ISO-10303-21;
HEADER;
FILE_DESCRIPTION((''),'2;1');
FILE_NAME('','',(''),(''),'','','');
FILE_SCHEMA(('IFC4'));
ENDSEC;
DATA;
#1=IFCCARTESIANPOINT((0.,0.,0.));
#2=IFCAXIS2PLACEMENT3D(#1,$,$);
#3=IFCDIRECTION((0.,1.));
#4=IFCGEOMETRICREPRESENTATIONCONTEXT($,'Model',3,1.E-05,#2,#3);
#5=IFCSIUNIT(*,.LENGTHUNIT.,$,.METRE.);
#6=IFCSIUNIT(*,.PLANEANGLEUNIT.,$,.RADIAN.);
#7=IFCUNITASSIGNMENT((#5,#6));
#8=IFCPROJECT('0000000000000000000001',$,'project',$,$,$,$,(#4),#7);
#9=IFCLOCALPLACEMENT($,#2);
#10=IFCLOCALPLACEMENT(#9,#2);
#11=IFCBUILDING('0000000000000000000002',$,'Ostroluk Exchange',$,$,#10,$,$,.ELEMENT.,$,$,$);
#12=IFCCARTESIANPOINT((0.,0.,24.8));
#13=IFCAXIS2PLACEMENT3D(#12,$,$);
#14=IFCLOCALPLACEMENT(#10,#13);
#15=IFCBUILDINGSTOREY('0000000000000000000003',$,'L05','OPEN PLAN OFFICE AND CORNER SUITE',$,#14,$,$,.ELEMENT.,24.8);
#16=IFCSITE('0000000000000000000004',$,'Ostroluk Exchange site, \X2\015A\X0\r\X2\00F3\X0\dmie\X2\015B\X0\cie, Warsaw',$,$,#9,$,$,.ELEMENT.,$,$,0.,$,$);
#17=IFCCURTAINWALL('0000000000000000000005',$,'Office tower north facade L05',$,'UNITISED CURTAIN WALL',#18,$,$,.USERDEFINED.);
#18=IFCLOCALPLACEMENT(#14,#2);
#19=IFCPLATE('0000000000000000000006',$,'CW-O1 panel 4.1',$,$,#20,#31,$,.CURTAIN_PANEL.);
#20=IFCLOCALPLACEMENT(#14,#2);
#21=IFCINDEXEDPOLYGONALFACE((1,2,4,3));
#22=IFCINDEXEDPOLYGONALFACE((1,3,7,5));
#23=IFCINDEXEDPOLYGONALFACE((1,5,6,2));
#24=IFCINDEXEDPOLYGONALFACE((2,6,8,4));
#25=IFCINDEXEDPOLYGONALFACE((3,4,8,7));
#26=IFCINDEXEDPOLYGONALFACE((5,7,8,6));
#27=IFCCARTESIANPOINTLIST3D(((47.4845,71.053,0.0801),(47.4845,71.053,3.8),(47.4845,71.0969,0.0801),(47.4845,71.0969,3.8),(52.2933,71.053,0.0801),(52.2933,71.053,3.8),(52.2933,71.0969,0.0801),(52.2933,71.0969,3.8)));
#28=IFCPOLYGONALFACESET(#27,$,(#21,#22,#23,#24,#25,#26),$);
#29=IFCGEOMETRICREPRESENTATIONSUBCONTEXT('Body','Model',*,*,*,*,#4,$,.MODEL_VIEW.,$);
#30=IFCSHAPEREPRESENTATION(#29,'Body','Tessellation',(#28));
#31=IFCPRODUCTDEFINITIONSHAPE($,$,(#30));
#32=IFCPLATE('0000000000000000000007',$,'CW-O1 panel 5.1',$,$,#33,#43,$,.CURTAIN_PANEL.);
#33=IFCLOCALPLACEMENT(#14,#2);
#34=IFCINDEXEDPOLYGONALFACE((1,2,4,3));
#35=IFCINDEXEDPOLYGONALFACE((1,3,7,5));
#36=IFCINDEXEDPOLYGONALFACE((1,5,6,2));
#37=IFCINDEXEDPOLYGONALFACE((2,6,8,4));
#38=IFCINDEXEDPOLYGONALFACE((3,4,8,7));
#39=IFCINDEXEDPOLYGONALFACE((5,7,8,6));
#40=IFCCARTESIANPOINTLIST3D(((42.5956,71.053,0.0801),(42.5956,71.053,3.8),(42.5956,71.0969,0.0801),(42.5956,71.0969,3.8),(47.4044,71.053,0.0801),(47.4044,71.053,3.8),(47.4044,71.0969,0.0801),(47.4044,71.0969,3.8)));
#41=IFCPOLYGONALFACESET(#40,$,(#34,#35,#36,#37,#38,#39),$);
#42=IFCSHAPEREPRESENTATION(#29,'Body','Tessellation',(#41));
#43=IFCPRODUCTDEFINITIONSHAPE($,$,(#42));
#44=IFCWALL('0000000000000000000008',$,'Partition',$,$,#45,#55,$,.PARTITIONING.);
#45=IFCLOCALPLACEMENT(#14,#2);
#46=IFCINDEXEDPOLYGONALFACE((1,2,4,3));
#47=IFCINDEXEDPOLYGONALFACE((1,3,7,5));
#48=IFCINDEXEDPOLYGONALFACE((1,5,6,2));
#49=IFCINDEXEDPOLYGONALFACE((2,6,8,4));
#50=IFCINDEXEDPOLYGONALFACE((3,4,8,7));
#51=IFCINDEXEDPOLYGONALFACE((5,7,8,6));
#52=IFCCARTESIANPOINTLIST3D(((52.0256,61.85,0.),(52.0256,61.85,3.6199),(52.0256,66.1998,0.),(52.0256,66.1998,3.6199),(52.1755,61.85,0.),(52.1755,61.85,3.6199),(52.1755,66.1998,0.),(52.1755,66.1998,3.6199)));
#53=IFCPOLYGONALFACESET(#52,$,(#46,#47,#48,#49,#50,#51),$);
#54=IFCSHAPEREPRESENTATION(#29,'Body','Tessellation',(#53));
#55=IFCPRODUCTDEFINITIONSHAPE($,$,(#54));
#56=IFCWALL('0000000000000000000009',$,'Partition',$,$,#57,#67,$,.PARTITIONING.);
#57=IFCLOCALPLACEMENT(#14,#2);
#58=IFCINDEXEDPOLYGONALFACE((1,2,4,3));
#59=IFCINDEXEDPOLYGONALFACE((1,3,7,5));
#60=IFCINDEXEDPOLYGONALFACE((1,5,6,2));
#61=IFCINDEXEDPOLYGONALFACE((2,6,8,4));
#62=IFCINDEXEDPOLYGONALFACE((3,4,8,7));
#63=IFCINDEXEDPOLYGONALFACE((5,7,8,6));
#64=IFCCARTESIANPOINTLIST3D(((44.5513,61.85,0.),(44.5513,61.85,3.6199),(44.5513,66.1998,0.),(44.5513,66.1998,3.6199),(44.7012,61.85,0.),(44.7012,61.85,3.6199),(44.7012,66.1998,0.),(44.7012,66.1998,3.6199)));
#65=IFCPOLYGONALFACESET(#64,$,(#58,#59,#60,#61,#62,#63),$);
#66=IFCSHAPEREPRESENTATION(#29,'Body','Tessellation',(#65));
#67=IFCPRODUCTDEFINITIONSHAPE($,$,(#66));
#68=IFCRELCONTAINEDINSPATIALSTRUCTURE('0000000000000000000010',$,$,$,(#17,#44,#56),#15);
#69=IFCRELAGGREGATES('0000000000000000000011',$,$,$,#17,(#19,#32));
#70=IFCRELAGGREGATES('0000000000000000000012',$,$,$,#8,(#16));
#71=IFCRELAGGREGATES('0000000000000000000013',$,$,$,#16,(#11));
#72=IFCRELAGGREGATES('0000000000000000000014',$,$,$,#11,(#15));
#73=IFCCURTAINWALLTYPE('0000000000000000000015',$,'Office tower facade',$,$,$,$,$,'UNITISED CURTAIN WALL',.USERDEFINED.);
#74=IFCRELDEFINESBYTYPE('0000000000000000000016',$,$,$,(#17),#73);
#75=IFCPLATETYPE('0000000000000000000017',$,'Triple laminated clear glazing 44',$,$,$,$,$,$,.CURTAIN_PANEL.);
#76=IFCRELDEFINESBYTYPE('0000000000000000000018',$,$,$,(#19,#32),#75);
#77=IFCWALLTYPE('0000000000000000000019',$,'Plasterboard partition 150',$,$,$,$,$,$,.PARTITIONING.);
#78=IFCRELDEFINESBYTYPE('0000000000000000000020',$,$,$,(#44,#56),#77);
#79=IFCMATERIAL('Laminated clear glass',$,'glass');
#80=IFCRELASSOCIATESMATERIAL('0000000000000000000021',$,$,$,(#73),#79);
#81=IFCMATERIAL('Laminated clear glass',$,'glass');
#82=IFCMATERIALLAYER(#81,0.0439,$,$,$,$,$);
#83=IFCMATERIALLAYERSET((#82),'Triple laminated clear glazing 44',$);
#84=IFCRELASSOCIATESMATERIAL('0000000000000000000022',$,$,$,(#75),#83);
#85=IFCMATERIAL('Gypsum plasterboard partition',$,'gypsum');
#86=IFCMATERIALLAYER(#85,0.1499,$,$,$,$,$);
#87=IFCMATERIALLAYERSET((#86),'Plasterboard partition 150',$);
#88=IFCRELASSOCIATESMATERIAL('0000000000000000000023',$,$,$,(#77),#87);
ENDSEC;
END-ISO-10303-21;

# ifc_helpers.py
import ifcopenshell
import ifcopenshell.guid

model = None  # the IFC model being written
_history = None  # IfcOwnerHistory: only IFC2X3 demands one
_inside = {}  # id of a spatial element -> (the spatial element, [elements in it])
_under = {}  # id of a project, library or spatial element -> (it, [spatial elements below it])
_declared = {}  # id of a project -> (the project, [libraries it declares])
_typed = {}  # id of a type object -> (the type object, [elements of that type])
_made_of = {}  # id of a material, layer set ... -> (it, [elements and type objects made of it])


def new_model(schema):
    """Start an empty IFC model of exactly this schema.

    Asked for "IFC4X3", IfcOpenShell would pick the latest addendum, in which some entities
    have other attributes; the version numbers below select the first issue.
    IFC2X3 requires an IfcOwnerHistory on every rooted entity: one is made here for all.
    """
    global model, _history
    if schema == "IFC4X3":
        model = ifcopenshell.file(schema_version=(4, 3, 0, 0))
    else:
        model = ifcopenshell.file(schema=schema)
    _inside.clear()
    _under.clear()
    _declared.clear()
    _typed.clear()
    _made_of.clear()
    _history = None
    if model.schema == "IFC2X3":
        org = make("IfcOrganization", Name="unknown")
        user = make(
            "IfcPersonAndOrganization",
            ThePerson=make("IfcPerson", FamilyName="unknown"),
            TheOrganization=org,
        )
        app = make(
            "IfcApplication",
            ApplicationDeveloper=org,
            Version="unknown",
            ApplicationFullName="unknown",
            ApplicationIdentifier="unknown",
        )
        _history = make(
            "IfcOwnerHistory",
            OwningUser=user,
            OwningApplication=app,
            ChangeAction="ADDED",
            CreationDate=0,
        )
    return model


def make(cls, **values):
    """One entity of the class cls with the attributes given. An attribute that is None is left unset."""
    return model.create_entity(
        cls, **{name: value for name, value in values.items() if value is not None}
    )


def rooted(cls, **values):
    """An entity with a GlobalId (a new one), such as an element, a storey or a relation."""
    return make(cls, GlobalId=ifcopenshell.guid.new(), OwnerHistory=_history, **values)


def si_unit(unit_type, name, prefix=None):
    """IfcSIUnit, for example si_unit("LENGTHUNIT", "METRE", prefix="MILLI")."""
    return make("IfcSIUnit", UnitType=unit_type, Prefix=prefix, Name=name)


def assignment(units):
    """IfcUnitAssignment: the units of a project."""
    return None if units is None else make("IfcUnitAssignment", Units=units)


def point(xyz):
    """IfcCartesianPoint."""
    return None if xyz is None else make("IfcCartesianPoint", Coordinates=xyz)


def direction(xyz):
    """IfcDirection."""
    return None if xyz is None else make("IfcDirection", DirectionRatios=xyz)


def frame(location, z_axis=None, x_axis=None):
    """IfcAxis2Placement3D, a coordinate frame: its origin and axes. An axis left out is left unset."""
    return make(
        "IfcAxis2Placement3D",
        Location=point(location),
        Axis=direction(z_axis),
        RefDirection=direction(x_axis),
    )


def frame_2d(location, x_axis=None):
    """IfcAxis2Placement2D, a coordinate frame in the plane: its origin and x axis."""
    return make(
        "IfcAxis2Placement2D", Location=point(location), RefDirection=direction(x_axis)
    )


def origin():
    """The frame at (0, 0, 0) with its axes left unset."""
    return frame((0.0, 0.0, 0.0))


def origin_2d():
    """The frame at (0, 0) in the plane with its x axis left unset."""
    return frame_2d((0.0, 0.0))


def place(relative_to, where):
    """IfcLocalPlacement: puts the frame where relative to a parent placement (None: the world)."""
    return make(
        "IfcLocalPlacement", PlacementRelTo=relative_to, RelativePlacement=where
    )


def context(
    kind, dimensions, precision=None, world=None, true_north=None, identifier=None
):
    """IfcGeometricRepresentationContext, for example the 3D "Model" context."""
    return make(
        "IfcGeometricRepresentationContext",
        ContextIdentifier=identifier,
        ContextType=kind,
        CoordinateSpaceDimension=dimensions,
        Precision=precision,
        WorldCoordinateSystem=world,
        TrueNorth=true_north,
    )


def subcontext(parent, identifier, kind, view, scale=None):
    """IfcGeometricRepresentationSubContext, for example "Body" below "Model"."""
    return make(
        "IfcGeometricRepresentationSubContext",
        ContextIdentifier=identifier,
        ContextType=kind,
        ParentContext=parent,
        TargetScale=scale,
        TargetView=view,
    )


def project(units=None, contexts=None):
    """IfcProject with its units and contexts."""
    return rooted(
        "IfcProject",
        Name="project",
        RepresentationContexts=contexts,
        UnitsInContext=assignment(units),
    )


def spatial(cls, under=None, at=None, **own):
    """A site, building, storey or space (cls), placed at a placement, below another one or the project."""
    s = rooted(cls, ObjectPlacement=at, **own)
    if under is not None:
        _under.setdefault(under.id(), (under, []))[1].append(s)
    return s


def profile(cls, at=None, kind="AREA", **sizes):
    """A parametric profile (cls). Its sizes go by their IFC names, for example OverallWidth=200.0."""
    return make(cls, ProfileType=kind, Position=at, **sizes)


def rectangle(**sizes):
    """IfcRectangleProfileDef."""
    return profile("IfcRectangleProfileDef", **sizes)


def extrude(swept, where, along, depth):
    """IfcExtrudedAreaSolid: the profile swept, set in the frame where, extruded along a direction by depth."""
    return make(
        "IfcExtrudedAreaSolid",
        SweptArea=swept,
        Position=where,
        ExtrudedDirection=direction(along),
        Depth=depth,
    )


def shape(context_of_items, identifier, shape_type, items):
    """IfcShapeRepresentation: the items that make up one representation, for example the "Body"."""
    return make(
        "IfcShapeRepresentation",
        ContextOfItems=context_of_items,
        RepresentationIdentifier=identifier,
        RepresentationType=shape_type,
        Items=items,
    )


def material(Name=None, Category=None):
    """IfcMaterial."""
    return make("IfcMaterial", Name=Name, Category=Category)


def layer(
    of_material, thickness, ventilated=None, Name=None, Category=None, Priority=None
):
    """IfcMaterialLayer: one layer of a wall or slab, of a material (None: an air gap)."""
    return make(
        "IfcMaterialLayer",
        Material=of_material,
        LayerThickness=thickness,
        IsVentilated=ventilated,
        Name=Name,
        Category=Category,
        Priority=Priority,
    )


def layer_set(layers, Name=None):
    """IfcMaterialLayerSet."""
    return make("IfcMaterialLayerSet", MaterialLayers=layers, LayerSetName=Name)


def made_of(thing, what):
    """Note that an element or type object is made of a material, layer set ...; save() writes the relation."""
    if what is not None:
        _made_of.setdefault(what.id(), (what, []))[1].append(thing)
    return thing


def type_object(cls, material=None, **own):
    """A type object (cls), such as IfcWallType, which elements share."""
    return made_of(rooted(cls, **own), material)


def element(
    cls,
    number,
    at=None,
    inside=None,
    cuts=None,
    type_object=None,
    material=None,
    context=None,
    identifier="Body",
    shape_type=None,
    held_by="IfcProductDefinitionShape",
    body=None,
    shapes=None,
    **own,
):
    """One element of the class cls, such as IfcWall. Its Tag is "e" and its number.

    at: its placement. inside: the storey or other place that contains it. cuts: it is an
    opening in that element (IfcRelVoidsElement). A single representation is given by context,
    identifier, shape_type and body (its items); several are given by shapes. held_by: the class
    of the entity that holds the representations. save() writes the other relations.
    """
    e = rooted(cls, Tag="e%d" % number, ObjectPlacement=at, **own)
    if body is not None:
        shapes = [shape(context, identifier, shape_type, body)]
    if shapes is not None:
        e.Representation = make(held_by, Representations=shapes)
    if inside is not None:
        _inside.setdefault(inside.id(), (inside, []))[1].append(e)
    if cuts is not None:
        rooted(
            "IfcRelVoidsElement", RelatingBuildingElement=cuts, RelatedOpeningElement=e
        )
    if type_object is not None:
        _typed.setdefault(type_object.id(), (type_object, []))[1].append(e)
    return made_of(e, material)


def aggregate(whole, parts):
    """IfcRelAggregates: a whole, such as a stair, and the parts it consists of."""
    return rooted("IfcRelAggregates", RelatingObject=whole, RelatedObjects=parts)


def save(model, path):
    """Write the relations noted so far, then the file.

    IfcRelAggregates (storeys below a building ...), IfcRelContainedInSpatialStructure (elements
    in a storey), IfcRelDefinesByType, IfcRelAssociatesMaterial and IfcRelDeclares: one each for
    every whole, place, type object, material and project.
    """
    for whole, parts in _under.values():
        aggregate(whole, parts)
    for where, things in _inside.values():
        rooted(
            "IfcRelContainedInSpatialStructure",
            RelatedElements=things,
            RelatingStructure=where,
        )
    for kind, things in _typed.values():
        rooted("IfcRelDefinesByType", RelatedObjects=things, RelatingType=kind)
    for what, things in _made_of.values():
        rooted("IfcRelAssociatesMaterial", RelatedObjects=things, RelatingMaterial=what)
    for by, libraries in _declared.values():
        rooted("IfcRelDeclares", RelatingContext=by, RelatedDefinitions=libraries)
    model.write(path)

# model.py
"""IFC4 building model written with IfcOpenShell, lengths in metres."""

from ifc_helpers import new_model, si_unit, direction, frame, frame_2d, origin, origin_2d, place, context, subcontext, project, spatial, rectangle, extrude, material, layer, layer_set, type_object, element, aggregate, save


model = new_model("IFC4")

# Units and contexts
model_context = context("Model", 3, precision=1e-05, world=origin(), true_north=direction((0.0, 1.0)))
body_context = subcontext(model_context, "Body", "Model", "MODEL_VIEW")
ifc_project = project(units=[si_unit("LENGTHUNIT", "METRE"), si_unit("PLANEANGLEUNIT", "RADIAN")], contexts=[model_context])

# Site, building, storey
site_placement = place(None, origin())
site = spatial("IfcSite", under=ifc_project, at=site_placement, Name="Ostroluk Exchange site, Śródmieście, Warsaw", CompositionType="ELEMENT", RefElevation=0.0)
building_placement = place(site_placement, origin())
building = spatial("IfcBuilding", under=site, at=building_placement, Name="Ostroluk Exchange", CompositionType="ELEMENT")
storey_placement = place(building_placement, frame((0.0, 0.0, 24.8)))
storey = spatial("IfcBuildingStorey", under=building, at=storey_placement, Name="L05", Description="OPEN PLAN OFFICE AND CORNER SUITE", CompositionType="ELEMENT", Elevation=24.8)

# Curtain wall, plates
ifc_material_1 = material(Name="Laminated clear glass", Category="glass")
curtain_wall_type = type_object("IfcCurtainWallType", Name="Office tower facade", ElementType="UNITISED CURTAIN WALL", PredefinedType="USERDEFINED", material=ifc_material_1)
curtain_wall_placement = place(storey_placement, origin())
curtain_wall = element("IfcCurtainWall", 1, at=curtain_wall_placement, inside=storey, type_object=curtain_wall_type, Name="Office tower north facade L05", ObjectType="UNITISED CURTAIN WALL", PredefinedType="USERDEFINED")
ifc_material_2 = material(Name="Laminated clear glass", Category="glass")
ifc_layer_1 = layer(ifc_material_2, 0.0439)
ifc_layer_set_1 = layer_set([ifc_layer_1], Name="Triple laminated clear glazing 44")
plate_type = type_object("IfcPlateType", Name="Triple laminated clear glazing 44", PredefinedType="CURTAIN_PANEL", material=ifc_layer_set_1)
plate_1_placement = place(storey_placement, frame((49.8889, 71.075, 0.0801), z_axis=(0.0, 0.0, 1.0), x_axis=(-1.0, 0.0, 0.0)))
plate_1 = element("IfcPlate", 2, at=plate_1_placement, type_object=plate_type, Name="CW-O1 panel 4.1", PredefinedType="CURTAIN_PANEL", context=body_context, shape_type="SweptSolid", body=[
    extrude(rectangle(XDim=4.8088, YDim=0.0439, at=origin_2d()), origin(), (0.0, 0.0, 1.0), 3.72),
])
plate_2_placement = place(storey_placement, frame((45.0, 71.075, 0.0801), z_axis=(0.0, 0.0, 1.0), x_axis=(-1.0, 0.0, 0.0)))
plate_2 = element("IfcPlate", 3, at=plate_2_placement, type_object=plate_type, Name="CW-O1 panel 5.1", PredefinedType="CURTAIN_PANEL", context=body_context, shape_type="SweptSolid", body=[
    extrude(rectangle(XDim=4.8088, YDim=0.0439, at=origin_2d()), origin(), (0.0, 0.0, 1.0), 3.72),
])
aggregate(curtain_wall, [plate_1, plate_2])

# Walls
ifc_material_3 = material(Name="Gypsum plasterboard partition", Category="gypsum")
ifc_layer_2 = layer(ifc_material_3, 0.1499)
ifc_layer_set_2 = layer_set([ifc_layer_2], Name="Plasterboard partition 150")
wall_type = type_object("IfcWallType", Name="Plasterboard partition 150", PredefinedType="PARTITIONING", material=ifc_layer_set_2)
for number, where, z_axis, x_axis, name in (
    (4, (52.1006, 61.8501, 0.0), (0.0, 0.0, 1.0), (0.0, 1.0, 0.0), "Partition"),
    (5, (44.6262, 61.8501, 0.0), (0.0, 0.0, 1.0), (0.0, 1.0, 0.0), "Partition"),
):
    element("IfcWall", number, at=place(storey_placement, frame(where, z_axis=z_axis, x_axis=x_axis)), inside=storey, type_object=wall_type, Name=name, PredefinedType="PARTITIONING", context=body_context, shape_type="SweptSolid", body=[
        extrude(rectangle(XDim=4.3499, YDim=0.1499, at=frame_2d((2.1748, 0.0))), origin(), (0.0, 0.0, 1.0), 3.6199),
    ])

save(model, "model.ifc")
